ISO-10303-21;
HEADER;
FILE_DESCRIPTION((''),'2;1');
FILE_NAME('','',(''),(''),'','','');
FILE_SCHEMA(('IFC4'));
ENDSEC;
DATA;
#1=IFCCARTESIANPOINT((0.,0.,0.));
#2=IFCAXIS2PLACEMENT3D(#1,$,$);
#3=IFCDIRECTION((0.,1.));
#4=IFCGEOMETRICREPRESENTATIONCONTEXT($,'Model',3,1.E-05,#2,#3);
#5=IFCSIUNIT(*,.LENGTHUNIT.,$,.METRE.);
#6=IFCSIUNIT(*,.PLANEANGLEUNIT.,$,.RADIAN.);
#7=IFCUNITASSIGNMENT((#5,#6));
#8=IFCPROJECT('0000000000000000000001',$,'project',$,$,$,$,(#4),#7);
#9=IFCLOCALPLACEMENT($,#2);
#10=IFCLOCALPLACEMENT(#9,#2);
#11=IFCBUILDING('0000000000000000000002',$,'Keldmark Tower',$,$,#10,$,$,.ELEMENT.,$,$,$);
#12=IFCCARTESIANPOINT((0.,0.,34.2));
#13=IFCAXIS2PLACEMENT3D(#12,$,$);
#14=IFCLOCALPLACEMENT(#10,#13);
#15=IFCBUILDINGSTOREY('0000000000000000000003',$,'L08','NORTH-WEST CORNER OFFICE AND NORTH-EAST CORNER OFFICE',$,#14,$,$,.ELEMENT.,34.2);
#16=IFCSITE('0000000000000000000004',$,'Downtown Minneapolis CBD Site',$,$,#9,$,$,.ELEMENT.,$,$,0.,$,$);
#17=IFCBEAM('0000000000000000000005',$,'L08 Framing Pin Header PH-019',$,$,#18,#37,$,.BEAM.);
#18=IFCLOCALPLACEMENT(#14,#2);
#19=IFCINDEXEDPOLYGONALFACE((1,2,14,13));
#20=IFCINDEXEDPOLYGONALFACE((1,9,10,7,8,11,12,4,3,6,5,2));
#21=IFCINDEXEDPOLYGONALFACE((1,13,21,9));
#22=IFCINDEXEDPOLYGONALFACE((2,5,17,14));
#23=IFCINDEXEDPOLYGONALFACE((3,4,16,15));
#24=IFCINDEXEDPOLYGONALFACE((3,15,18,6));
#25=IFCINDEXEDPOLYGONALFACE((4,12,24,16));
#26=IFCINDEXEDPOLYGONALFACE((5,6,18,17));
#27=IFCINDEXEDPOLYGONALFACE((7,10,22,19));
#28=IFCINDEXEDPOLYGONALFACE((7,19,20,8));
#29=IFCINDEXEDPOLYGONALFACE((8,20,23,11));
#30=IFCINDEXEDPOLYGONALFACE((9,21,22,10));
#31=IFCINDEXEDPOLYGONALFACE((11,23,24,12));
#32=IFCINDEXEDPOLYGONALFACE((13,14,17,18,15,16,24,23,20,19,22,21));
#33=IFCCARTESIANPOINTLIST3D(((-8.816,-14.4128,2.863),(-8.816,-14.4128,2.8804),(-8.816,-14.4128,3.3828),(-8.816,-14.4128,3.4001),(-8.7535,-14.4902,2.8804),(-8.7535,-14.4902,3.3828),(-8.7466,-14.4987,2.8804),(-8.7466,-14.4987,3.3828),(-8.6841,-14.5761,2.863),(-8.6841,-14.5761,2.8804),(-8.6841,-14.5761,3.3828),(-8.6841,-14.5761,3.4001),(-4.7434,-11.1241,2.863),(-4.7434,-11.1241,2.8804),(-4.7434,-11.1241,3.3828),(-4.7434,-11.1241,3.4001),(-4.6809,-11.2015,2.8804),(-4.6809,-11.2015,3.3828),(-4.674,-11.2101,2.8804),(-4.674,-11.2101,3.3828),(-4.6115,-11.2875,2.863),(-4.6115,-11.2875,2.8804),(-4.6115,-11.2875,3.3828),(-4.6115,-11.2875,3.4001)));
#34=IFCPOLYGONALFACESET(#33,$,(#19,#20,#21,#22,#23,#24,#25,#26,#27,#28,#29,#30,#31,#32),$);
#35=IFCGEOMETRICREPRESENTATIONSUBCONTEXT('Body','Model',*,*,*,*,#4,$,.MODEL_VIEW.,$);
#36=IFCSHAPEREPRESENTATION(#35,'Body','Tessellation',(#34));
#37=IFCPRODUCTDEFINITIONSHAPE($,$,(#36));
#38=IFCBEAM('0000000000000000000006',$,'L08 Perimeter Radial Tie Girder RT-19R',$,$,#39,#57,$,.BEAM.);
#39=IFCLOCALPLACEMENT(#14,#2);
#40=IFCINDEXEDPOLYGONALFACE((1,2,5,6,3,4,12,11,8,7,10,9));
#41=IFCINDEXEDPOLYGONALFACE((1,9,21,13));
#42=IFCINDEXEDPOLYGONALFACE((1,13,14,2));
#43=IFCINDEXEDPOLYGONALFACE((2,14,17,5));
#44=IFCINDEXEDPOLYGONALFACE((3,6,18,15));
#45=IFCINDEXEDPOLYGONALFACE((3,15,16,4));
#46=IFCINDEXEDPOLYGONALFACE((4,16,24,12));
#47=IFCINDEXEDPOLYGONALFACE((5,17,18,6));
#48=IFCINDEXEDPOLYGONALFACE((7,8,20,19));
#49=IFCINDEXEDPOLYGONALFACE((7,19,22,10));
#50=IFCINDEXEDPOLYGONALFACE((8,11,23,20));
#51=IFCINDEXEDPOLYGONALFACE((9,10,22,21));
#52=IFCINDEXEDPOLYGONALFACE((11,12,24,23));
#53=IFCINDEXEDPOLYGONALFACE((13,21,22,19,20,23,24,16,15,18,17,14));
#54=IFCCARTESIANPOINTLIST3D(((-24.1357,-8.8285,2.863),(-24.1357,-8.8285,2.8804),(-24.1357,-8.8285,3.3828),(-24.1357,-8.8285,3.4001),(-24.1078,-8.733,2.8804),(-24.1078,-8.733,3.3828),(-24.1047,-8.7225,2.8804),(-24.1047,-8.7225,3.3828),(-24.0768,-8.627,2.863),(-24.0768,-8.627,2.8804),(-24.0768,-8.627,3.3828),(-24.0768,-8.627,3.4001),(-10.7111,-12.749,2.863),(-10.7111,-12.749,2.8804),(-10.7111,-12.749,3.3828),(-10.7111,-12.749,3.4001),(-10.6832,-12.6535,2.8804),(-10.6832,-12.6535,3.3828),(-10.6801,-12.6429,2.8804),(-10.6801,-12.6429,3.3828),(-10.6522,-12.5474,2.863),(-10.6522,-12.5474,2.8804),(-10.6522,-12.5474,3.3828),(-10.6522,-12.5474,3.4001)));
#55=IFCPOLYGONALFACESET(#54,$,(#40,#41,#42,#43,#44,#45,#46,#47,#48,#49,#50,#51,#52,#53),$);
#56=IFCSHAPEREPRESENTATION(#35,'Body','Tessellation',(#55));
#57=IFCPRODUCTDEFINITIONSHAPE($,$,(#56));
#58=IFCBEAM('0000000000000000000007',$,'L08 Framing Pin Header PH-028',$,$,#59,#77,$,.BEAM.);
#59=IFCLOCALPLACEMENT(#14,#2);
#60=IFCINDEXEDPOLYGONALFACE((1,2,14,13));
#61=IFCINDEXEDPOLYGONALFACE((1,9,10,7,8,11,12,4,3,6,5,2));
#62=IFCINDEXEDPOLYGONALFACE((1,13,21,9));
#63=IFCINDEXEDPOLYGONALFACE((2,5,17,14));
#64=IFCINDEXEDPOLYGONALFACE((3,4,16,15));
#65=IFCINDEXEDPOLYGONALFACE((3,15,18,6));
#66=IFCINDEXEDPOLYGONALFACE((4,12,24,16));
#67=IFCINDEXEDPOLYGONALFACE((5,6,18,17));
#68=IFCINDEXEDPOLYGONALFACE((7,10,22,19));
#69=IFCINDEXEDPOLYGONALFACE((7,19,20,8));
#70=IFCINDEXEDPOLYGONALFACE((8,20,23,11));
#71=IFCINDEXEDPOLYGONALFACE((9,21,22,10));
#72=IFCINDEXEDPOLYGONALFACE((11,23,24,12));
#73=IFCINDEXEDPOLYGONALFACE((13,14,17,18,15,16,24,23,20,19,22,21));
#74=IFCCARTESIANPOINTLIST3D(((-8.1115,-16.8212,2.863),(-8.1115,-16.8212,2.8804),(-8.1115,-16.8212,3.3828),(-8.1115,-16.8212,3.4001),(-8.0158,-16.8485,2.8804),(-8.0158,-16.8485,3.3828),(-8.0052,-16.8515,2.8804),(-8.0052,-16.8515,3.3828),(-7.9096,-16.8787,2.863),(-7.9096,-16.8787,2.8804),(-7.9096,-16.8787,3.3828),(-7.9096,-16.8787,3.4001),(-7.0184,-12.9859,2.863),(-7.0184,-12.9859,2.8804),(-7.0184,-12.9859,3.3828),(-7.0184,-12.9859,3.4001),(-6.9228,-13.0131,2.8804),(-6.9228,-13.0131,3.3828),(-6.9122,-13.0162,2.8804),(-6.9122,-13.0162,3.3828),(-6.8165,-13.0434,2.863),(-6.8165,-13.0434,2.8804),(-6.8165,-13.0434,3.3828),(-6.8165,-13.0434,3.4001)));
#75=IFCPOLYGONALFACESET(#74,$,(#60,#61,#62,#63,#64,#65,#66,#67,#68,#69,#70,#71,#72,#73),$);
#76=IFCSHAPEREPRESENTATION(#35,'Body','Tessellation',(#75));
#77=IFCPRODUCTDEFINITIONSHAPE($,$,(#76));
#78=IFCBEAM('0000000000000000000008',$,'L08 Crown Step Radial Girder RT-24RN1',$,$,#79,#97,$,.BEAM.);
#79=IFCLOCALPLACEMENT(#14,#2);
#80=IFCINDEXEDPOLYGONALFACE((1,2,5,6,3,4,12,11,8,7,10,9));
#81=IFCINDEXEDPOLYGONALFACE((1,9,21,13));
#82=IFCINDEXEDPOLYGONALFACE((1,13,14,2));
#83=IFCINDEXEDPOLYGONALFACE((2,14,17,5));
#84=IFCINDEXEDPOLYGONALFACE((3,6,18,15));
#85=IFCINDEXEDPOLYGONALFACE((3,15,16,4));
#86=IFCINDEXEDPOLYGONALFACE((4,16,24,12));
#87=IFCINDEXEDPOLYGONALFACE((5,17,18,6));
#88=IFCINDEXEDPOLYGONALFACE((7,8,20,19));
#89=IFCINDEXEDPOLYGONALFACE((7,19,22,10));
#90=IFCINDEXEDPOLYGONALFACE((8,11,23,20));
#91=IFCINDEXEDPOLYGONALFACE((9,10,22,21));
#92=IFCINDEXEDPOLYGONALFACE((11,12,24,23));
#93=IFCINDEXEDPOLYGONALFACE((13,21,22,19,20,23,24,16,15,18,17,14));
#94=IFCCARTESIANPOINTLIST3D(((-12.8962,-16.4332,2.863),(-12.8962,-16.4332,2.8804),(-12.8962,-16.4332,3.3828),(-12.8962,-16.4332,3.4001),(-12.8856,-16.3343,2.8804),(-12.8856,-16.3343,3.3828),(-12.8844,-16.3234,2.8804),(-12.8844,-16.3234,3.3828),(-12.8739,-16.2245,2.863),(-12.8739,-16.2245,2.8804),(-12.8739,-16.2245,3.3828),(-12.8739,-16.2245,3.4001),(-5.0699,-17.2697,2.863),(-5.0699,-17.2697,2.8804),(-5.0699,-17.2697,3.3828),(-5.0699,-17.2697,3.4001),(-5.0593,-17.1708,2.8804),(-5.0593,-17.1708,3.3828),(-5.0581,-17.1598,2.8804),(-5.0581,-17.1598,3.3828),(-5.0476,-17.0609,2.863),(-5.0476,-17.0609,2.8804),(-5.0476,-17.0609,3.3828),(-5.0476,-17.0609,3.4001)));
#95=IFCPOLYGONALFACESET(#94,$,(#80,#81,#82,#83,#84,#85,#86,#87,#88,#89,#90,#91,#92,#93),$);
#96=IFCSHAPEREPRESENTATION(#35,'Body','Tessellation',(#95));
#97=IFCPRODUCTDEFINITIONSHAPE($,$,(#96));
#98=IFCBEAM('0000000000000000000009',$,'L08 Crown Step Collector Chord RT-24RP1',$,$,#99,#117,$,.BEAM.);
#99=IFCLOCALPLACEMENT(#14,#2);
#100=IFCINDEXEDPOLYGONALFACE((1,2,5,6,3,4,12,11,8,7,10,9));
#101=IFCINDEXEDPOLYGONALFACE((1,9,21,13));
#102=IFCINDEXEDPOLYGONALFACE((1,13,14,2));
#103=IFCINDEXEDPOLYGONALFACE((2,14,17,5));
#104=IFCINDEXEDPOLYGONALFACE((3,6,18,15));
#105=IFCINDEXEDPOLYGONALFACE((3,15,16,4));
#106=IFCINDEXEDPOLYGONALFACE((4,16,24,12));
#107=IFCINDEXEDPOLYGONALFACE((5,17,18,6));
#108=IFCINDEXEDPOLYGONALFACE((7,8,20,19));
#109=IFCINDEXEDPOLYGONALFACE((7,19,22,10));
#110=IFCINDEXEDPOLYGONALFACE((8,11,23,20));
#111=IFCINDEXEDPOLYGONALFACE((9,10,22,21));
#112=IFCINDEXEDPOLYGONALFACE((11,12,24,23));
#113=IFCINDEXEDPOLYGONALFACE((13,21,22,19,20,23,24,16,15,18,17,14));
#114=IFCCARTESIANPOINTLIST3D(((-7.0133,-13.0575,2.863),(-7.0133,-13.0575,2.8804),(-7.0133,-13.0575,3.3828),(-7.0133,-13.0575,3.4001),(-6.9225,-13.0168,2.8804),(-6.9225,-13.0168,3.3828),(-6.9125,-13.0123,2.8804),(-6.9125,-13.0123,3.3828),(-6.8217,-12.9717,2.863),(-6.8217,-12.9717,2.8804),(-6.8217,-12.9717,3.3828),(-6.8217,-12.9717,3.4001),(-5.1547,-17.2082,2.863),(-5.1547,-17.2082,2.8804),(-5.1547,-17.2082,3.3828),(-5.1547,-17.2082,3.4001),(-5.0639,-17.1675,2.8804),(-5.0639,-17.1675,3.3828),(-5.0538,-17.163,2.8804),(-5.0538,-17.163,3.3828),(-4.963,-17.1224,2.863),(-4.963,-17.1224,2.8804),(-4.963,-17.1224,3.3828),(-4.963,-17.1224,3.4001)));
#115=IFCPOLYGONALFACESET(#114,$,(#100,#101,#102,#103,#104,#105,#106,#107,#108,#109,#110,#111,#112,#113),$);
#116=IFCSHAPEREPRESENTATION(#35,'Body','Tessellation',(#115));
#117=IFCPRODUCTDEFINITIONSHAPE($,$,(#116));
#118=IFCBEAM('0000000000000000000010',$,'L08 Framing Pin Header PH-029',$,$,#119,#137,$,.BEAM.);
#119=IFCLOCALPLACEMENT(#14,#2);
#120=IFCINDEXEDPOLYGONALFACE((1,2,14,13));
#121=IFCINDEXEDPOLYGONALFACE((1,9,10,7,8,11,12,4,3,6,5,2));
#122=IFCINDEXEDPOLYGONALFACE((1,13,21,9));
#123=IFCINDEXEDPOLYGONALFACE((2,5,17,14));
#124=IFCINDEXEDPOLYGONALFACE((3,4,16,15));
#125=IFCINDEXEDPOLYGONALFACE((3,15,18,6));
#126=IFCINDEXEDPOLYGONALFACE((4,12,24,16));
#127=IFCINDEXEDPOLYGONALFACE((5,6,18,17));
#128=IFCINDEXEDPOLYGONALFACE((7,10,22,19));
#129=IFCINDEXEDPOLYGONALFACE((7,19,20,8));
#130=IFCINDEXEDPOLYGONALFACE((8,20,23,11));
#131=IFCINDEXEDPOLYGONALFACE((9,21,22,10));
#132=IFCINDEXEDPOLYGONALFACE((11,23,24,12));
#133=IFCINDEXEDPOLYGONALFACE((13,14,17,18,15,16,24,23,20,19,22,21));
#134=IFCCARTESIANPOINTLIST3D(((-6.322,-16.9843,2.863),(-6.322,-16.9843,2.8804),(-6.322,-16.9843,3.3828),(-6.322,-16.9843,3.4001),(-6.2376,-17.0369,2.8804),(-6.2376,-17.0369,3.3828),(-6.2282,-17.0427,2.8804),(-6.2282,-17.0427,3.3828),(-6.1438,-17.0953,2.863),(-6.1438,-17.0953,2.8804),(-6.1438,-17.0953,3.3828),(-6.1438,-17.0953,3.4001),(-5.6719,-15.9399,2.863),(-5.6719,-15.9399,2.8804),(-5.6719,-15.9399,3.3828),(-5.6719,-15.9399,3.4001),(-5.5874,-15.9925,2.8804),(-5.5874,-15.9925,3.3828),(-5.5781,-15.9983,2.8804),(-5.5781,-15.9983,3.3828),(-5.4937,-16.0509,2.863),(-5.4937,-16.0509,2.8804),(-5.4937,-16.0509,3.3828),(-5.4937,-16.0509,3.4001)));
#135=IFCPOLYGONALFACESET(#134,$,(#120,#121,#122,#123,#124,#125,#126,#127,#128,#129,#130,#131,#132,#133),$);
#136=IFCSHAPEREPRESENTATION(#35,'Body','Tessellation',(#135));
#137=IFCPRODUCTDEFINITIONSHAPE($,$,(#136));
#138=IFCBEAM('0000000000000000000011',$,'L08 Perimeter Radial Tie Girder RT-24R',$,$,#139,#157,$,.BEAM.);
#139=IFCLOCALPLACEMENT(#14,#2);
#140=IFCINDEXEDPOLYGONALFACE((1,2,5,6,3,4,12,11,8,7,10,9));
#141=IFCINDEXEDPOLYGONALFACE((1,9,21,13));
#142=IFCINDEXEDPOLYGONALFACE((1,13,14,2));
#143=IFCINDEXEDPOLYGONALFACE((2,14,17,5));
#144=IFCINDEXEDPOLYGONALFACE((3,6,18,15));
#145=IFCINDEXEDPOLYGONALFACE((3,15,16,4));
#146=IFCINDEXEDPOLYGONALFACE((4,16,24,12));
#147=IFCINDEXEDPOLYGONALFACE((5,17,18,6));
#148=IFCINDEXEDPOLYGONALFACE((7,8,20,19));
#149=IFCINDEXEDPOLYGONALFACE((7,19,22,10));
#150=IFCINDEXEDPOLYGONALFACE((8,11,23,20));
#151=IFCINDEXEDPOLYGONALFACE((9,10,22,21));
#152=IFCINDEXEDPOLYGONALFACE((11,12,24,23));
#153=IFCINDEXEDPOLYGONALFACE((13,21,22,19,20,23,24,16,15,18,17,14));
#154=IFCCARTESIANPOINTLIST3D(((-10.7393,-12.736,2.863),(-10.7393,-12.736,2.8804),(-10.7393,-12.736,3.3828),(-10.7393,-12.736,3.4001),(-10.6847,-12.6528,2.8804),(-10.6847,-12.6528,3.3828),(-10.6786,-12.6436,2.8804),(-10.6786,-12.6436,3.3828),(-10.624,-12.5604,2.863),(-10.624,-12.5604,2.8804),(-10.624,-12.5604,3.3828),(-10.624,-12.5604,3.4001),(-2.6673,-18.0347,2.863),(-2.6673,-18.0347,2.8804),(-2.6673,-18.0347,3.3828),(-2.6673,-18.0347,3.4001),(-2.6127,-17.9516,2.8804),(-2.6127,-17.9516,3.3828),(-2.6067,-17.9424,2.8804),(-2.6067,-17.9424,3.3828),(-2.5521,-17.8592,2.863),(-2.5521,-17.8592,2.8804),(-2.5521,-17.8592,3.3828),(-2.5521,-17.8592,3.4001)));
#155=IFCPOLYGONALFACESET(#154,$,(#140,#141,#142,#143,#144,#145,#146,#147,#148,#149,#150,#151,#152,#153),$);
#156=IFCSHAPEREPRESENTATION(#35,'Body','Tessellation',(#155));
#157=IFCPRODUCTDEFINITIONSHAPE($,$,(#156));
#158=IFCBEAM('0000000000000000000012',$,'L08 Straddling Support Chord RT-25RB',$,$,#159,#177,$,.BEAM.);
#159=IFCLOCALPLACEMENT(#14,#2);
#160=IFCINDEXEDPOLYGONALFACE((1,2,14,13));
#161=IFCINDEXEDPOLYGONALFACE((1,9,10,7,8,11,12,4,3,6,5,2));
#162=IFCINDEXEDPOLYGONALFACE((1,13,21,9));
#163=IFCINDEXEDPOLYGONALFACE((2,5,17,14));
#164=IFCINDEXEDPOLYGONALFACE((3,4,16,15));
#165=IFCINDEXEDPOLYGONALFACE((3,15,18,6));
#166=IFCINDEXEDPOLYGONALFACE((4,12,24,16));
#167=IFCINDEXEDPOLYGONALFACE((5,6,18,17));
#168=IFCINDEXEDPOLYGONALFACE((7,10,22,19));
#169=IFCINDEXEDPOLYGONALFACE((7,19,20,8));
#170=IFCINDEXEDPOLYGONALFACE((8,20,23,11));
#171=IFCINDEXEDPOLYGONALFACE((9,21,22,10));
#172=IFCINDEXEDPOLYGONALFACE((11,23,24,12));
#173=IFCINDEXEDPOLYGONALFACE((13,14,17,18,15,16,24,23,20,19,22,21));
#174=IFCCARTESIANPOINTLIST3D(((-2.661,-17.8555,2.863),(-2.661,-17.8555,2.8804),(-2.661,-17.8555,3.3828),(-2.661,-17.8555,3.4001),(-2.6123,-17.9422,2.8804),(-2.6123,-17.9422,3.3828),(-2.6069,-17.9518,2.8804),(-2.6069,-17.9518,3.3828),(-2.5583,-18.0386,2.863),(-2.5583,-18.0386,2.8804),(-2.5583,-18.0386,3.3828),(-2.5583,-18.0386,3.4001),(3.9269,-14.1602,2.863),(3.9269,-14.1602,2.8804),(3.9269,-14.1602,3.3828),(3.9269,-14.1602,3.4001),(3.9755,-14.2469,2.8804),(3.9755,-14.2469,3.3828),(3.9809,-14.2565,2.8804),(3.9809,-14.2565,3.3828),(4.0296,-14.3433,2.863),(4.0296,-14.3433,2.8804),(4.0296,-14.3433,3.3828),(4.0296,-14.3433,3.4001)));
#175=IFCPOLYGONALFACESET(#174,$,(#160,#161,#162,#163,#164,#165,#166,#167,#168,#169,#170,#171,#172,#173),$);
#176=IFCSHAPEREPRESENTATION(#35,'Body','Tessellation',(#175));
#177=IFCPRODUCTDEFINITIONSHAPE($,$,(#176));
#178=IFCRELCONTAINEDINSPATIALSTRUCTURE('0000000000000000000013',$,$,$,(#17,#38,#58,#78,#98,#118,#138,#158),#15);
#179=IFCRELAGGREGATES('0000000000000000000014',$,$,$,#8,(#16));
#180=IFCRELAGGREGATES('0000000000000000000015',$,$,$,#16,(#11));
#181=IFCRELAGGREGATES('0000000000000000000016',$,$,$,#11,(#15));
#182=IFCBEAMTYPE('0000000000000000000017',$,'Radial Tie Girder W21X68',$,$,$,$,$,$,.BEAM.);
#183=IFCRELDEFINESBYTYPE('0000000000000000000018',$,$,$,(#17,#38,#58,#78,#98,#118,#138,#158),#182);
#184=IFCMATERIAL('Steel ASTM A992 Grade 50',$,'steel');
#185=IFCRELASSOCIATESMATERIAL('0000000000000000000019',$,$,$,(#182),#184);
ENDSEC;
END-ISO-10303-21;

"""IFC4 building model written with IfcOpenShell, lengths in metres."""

from ifc_helpers import new_model, si_unit, direction, frame, origin, origin_2d, place, context, subcontext, project, spatial, i_section, extrude, material, material_profile, profile_set, type_object, element, save


model = new_model("IFC4")

# Units and contexts
model_context = context("Model", 3, precision=1e-05, world=origin(), true_north=direction((0.0, 1.0)))
body_context = subcontext(model_context, "Body", "Model", "MODEL_VIEW")
ifc_project = project(units=[si_unit("LENGTHUNIT", "METRE"), si_unit("PLANEANGLEUNIT", "RADIAN")], contexts=[model_context])

# Site, building, storey
site_placement = place(None, origin())
site = spatial("IfcSite", under=ifc_project, at=site_placement, Name="Downtown Minneapolis CBD Site", CompositionType="ELEMENT", RefElevation=0.0)
building_placement = place(site_placement, origin())
building = spatial("IfcBuilding", under=site, at=building_placement, Name="Keldmark Tower", CompositionType="ELEMENT")
storey_placement = place(building_placement, frame((0.0, 0.0, 34.2)))
storey = spatial("IfcBuildingStorey", under=building, at=storey_placement, Name="L08", Description="NORTH-WEST CORNER OFFICE AND NORTH-EAST CORNER OFFICE", CompositionType="ELEMENT", Elevation=34.2)

# Beams
ifc_material_1 = material(Name="Steel ASTM A992 Grade 50", Category="steel")
ifc_material_profile_1 = material_profile(ifc_material_1, i_section(OverallWidth=0.21, OverallDepth=0.5371, WebThickness=0.011, FlangeThickness=0.0173, at=origin_2d()), Name="W21X68")
ifc_profile_set_1 = profile_set([ifc_material_profile_1], Name="Steel ASTM A992 Grade 50")
beam_type_1 = type_object("IfcBeamType", Name="Radial Tie Girder W21X68", PredefinedType="BEAM", material=ifc_profile_set_1)
beam_1_placement = place(storey_placement, frame((-4.6775, -11.2058, 3.1316), z_axis=(-0.778012, -0.628249, 0.0), x_axis=(0.628249, -0.778012, 0.0)))
element("IfcBeam", 1, at=beam_1_placement, inside=storey, type_object=beam_type_1, Name="L08 Framing Pin Header PH-019", PredefinedType="BEAM", context=body_context, shape_type="SweptSolid", body=[
    extrude(i_section(OverallWidth=0.21, OverallDepth=0.5371, WebThickness=0.011, FlangeThickness=0.0173, at=origin_2d()), origin(), (0.0, 0.0, 1.0), 5.2346),
])
beam_2_placement = place(storey_placement, frame((-10.6816, -12.6482, 3.1316), z_axis=(-0.959906, 0.280324, 0.0), x_axis=(-0.280324, -0.959906, 0.0)))
element("IfcBeam", 2, at=beam_2_placement, inside=storey, type_object=beam_type_1, Name="L08 Perimeter Radial Tie Girder RT-19R", PredefinedType="BEAM", context=body_context, shape_type="SweptSolid", body=[
    extrude(i_section(OverallWidth=0.21, OverallDepth=0.5371, WebThickness=0.011, FlangeThickness=0.0173, at=origin_2d()), origin(), (0.0, 0.0, 1.0), 13.9854),
])
beam_3_placement = place(storey_placement, frame((-6.9175, -13.0146, 3.1316), z_axis=(-0.274082, -0.961706, 0.0), x_axis=(0.961706, -0.274082, 0.0)))
element("IfcBeam", 3, at=beam_3_placement, inside=storey, type_object=beam_type_1, Name="L08 Framing Pin Header PH-028", PredefinedType="BEAM", context=body_context, shape_type="SweptSolid", body=[
    extrude(i_section(OverallWidth=0.21, OverallDepth=0.5371, WebThickness=0.011, FlangeThickness=0.0173, at=origin_2d()), origin(), (0.0, 0.0, 1.0), 3.988),
])
beam_4_placement = place(storey_placement, frame((-12.885, -16.3289, 3.1316), z_axis=(0.994337, -0.10627, 0.0), x_axis=(0.10627, 0.994337, 0.0)))
element("IfcBeam", 4, at=beam_4_placement, inside=storey, type_object=beam_type_1, Name="L08 Crown Step Radial Girder RT-24RN1", PredefinedType="BEAM", context=body_context, shape_type="SweptSolid", body=[
    extrude(i_section(OverallWidth=0.21, OverallDepth=0.5371, WebThickness=0.011, FlangeThickness=0.0173, at=origin_2d()), origin(), (0.0, 0.0, 1.0), 7.8708),
])
beam_5_placement = place(storey_placement, frame((-5.0588, -17.1653, 3.1316), z_axis=(-0.408692, 0.912672, 0.0), x_axis=(-0.912672, -0.408692, 0.0)))
element("IfcBeam", 5, at=beam_5_placement, inside=storey, type_object=beam_type_1, Name="L08 Crown Step Collector Chord RT-24RP1", PredefinedType="BEAM", context=body_context, shape_type="SweptSolid", body=[
    extrude(i_section(OverallWidth=0.21, OverallDepth=0.5371, WebThickness=0.011, FlangeThickness=0.0173, at=origin_2d()), origin(), (0.0, 0.0, 1.0), 4.5479),
])
beam_6_placement = place(storey_placement, frame((-6.2329, -17.0398, 3.1316), z_axis=(0.528464, 0.848956, 0.0), x_axis=(-0.848956, 0.528464, 0.0)))
element("IfcBeam", 6, at=beam_6_placement, inside=storey, type_object=beam_type_1, Name="L08 Framing Pin Header PH-029", PredefinedType="BEAM", context=body_context, shape_type="SweptSolid", body=[
    extrude(i_section(OverallWidth=0.21, OverallDepth=0.5371, WebThickness=0.011, FlangeThickness=0.0173, at=origin_2d()), origin(), (0.0, 0.0, 1.0), 1.2302),
])
beam_7_placement = place(storey_placement, frame((-10.6816, -12.6482, 3.1316), z_axis=(0.835974, -0.54877, 0.0), x_axis=(0.54877, 0.835974, 0.0)))
element("IfcBeam", 7, at=beam_7_placement, inside=storey, type_object=beam_type_1, Name="L08 Perimeter Radial Tie Girder RT-24R", PredefinedType="BEAM", context=body_context, shape_type="SweptSolid", body=[
    extrude(i_section(OverallWidth=0.21, OverallDepth=0.5371, WebThickness=0.011, FlangeThickness=0.0173, at=origin_2d()), origin(), (0.0, 0.0, 1.0), 9.6558),
])
beam_8_placement = place(storey_placement, frame((-2.6096, -17.947, 3.1316), z_axis=(0.872162, 0.489217, 0.0), x_axis=(-0.489217, 0.872162, 0.0)))
element("IfcBeam", 8, at=beam_8_placement, inside=storey, type_object=beam_type_1, Name="L08 Straddling Support Chord RT-25RB", PredefinedType="BEAM", context=body_context, shape_type="SweptSolid", body=[
    extrude(i_section(OverallWidth=0.21, OverallDepth=0.5371, WebThickness=0.011, FlangeThickness=0.0173, at=origin_2d()), origin(), (0.0, 0.0, 1.0), 7.5535),
])

save(model, "model.ifc")
